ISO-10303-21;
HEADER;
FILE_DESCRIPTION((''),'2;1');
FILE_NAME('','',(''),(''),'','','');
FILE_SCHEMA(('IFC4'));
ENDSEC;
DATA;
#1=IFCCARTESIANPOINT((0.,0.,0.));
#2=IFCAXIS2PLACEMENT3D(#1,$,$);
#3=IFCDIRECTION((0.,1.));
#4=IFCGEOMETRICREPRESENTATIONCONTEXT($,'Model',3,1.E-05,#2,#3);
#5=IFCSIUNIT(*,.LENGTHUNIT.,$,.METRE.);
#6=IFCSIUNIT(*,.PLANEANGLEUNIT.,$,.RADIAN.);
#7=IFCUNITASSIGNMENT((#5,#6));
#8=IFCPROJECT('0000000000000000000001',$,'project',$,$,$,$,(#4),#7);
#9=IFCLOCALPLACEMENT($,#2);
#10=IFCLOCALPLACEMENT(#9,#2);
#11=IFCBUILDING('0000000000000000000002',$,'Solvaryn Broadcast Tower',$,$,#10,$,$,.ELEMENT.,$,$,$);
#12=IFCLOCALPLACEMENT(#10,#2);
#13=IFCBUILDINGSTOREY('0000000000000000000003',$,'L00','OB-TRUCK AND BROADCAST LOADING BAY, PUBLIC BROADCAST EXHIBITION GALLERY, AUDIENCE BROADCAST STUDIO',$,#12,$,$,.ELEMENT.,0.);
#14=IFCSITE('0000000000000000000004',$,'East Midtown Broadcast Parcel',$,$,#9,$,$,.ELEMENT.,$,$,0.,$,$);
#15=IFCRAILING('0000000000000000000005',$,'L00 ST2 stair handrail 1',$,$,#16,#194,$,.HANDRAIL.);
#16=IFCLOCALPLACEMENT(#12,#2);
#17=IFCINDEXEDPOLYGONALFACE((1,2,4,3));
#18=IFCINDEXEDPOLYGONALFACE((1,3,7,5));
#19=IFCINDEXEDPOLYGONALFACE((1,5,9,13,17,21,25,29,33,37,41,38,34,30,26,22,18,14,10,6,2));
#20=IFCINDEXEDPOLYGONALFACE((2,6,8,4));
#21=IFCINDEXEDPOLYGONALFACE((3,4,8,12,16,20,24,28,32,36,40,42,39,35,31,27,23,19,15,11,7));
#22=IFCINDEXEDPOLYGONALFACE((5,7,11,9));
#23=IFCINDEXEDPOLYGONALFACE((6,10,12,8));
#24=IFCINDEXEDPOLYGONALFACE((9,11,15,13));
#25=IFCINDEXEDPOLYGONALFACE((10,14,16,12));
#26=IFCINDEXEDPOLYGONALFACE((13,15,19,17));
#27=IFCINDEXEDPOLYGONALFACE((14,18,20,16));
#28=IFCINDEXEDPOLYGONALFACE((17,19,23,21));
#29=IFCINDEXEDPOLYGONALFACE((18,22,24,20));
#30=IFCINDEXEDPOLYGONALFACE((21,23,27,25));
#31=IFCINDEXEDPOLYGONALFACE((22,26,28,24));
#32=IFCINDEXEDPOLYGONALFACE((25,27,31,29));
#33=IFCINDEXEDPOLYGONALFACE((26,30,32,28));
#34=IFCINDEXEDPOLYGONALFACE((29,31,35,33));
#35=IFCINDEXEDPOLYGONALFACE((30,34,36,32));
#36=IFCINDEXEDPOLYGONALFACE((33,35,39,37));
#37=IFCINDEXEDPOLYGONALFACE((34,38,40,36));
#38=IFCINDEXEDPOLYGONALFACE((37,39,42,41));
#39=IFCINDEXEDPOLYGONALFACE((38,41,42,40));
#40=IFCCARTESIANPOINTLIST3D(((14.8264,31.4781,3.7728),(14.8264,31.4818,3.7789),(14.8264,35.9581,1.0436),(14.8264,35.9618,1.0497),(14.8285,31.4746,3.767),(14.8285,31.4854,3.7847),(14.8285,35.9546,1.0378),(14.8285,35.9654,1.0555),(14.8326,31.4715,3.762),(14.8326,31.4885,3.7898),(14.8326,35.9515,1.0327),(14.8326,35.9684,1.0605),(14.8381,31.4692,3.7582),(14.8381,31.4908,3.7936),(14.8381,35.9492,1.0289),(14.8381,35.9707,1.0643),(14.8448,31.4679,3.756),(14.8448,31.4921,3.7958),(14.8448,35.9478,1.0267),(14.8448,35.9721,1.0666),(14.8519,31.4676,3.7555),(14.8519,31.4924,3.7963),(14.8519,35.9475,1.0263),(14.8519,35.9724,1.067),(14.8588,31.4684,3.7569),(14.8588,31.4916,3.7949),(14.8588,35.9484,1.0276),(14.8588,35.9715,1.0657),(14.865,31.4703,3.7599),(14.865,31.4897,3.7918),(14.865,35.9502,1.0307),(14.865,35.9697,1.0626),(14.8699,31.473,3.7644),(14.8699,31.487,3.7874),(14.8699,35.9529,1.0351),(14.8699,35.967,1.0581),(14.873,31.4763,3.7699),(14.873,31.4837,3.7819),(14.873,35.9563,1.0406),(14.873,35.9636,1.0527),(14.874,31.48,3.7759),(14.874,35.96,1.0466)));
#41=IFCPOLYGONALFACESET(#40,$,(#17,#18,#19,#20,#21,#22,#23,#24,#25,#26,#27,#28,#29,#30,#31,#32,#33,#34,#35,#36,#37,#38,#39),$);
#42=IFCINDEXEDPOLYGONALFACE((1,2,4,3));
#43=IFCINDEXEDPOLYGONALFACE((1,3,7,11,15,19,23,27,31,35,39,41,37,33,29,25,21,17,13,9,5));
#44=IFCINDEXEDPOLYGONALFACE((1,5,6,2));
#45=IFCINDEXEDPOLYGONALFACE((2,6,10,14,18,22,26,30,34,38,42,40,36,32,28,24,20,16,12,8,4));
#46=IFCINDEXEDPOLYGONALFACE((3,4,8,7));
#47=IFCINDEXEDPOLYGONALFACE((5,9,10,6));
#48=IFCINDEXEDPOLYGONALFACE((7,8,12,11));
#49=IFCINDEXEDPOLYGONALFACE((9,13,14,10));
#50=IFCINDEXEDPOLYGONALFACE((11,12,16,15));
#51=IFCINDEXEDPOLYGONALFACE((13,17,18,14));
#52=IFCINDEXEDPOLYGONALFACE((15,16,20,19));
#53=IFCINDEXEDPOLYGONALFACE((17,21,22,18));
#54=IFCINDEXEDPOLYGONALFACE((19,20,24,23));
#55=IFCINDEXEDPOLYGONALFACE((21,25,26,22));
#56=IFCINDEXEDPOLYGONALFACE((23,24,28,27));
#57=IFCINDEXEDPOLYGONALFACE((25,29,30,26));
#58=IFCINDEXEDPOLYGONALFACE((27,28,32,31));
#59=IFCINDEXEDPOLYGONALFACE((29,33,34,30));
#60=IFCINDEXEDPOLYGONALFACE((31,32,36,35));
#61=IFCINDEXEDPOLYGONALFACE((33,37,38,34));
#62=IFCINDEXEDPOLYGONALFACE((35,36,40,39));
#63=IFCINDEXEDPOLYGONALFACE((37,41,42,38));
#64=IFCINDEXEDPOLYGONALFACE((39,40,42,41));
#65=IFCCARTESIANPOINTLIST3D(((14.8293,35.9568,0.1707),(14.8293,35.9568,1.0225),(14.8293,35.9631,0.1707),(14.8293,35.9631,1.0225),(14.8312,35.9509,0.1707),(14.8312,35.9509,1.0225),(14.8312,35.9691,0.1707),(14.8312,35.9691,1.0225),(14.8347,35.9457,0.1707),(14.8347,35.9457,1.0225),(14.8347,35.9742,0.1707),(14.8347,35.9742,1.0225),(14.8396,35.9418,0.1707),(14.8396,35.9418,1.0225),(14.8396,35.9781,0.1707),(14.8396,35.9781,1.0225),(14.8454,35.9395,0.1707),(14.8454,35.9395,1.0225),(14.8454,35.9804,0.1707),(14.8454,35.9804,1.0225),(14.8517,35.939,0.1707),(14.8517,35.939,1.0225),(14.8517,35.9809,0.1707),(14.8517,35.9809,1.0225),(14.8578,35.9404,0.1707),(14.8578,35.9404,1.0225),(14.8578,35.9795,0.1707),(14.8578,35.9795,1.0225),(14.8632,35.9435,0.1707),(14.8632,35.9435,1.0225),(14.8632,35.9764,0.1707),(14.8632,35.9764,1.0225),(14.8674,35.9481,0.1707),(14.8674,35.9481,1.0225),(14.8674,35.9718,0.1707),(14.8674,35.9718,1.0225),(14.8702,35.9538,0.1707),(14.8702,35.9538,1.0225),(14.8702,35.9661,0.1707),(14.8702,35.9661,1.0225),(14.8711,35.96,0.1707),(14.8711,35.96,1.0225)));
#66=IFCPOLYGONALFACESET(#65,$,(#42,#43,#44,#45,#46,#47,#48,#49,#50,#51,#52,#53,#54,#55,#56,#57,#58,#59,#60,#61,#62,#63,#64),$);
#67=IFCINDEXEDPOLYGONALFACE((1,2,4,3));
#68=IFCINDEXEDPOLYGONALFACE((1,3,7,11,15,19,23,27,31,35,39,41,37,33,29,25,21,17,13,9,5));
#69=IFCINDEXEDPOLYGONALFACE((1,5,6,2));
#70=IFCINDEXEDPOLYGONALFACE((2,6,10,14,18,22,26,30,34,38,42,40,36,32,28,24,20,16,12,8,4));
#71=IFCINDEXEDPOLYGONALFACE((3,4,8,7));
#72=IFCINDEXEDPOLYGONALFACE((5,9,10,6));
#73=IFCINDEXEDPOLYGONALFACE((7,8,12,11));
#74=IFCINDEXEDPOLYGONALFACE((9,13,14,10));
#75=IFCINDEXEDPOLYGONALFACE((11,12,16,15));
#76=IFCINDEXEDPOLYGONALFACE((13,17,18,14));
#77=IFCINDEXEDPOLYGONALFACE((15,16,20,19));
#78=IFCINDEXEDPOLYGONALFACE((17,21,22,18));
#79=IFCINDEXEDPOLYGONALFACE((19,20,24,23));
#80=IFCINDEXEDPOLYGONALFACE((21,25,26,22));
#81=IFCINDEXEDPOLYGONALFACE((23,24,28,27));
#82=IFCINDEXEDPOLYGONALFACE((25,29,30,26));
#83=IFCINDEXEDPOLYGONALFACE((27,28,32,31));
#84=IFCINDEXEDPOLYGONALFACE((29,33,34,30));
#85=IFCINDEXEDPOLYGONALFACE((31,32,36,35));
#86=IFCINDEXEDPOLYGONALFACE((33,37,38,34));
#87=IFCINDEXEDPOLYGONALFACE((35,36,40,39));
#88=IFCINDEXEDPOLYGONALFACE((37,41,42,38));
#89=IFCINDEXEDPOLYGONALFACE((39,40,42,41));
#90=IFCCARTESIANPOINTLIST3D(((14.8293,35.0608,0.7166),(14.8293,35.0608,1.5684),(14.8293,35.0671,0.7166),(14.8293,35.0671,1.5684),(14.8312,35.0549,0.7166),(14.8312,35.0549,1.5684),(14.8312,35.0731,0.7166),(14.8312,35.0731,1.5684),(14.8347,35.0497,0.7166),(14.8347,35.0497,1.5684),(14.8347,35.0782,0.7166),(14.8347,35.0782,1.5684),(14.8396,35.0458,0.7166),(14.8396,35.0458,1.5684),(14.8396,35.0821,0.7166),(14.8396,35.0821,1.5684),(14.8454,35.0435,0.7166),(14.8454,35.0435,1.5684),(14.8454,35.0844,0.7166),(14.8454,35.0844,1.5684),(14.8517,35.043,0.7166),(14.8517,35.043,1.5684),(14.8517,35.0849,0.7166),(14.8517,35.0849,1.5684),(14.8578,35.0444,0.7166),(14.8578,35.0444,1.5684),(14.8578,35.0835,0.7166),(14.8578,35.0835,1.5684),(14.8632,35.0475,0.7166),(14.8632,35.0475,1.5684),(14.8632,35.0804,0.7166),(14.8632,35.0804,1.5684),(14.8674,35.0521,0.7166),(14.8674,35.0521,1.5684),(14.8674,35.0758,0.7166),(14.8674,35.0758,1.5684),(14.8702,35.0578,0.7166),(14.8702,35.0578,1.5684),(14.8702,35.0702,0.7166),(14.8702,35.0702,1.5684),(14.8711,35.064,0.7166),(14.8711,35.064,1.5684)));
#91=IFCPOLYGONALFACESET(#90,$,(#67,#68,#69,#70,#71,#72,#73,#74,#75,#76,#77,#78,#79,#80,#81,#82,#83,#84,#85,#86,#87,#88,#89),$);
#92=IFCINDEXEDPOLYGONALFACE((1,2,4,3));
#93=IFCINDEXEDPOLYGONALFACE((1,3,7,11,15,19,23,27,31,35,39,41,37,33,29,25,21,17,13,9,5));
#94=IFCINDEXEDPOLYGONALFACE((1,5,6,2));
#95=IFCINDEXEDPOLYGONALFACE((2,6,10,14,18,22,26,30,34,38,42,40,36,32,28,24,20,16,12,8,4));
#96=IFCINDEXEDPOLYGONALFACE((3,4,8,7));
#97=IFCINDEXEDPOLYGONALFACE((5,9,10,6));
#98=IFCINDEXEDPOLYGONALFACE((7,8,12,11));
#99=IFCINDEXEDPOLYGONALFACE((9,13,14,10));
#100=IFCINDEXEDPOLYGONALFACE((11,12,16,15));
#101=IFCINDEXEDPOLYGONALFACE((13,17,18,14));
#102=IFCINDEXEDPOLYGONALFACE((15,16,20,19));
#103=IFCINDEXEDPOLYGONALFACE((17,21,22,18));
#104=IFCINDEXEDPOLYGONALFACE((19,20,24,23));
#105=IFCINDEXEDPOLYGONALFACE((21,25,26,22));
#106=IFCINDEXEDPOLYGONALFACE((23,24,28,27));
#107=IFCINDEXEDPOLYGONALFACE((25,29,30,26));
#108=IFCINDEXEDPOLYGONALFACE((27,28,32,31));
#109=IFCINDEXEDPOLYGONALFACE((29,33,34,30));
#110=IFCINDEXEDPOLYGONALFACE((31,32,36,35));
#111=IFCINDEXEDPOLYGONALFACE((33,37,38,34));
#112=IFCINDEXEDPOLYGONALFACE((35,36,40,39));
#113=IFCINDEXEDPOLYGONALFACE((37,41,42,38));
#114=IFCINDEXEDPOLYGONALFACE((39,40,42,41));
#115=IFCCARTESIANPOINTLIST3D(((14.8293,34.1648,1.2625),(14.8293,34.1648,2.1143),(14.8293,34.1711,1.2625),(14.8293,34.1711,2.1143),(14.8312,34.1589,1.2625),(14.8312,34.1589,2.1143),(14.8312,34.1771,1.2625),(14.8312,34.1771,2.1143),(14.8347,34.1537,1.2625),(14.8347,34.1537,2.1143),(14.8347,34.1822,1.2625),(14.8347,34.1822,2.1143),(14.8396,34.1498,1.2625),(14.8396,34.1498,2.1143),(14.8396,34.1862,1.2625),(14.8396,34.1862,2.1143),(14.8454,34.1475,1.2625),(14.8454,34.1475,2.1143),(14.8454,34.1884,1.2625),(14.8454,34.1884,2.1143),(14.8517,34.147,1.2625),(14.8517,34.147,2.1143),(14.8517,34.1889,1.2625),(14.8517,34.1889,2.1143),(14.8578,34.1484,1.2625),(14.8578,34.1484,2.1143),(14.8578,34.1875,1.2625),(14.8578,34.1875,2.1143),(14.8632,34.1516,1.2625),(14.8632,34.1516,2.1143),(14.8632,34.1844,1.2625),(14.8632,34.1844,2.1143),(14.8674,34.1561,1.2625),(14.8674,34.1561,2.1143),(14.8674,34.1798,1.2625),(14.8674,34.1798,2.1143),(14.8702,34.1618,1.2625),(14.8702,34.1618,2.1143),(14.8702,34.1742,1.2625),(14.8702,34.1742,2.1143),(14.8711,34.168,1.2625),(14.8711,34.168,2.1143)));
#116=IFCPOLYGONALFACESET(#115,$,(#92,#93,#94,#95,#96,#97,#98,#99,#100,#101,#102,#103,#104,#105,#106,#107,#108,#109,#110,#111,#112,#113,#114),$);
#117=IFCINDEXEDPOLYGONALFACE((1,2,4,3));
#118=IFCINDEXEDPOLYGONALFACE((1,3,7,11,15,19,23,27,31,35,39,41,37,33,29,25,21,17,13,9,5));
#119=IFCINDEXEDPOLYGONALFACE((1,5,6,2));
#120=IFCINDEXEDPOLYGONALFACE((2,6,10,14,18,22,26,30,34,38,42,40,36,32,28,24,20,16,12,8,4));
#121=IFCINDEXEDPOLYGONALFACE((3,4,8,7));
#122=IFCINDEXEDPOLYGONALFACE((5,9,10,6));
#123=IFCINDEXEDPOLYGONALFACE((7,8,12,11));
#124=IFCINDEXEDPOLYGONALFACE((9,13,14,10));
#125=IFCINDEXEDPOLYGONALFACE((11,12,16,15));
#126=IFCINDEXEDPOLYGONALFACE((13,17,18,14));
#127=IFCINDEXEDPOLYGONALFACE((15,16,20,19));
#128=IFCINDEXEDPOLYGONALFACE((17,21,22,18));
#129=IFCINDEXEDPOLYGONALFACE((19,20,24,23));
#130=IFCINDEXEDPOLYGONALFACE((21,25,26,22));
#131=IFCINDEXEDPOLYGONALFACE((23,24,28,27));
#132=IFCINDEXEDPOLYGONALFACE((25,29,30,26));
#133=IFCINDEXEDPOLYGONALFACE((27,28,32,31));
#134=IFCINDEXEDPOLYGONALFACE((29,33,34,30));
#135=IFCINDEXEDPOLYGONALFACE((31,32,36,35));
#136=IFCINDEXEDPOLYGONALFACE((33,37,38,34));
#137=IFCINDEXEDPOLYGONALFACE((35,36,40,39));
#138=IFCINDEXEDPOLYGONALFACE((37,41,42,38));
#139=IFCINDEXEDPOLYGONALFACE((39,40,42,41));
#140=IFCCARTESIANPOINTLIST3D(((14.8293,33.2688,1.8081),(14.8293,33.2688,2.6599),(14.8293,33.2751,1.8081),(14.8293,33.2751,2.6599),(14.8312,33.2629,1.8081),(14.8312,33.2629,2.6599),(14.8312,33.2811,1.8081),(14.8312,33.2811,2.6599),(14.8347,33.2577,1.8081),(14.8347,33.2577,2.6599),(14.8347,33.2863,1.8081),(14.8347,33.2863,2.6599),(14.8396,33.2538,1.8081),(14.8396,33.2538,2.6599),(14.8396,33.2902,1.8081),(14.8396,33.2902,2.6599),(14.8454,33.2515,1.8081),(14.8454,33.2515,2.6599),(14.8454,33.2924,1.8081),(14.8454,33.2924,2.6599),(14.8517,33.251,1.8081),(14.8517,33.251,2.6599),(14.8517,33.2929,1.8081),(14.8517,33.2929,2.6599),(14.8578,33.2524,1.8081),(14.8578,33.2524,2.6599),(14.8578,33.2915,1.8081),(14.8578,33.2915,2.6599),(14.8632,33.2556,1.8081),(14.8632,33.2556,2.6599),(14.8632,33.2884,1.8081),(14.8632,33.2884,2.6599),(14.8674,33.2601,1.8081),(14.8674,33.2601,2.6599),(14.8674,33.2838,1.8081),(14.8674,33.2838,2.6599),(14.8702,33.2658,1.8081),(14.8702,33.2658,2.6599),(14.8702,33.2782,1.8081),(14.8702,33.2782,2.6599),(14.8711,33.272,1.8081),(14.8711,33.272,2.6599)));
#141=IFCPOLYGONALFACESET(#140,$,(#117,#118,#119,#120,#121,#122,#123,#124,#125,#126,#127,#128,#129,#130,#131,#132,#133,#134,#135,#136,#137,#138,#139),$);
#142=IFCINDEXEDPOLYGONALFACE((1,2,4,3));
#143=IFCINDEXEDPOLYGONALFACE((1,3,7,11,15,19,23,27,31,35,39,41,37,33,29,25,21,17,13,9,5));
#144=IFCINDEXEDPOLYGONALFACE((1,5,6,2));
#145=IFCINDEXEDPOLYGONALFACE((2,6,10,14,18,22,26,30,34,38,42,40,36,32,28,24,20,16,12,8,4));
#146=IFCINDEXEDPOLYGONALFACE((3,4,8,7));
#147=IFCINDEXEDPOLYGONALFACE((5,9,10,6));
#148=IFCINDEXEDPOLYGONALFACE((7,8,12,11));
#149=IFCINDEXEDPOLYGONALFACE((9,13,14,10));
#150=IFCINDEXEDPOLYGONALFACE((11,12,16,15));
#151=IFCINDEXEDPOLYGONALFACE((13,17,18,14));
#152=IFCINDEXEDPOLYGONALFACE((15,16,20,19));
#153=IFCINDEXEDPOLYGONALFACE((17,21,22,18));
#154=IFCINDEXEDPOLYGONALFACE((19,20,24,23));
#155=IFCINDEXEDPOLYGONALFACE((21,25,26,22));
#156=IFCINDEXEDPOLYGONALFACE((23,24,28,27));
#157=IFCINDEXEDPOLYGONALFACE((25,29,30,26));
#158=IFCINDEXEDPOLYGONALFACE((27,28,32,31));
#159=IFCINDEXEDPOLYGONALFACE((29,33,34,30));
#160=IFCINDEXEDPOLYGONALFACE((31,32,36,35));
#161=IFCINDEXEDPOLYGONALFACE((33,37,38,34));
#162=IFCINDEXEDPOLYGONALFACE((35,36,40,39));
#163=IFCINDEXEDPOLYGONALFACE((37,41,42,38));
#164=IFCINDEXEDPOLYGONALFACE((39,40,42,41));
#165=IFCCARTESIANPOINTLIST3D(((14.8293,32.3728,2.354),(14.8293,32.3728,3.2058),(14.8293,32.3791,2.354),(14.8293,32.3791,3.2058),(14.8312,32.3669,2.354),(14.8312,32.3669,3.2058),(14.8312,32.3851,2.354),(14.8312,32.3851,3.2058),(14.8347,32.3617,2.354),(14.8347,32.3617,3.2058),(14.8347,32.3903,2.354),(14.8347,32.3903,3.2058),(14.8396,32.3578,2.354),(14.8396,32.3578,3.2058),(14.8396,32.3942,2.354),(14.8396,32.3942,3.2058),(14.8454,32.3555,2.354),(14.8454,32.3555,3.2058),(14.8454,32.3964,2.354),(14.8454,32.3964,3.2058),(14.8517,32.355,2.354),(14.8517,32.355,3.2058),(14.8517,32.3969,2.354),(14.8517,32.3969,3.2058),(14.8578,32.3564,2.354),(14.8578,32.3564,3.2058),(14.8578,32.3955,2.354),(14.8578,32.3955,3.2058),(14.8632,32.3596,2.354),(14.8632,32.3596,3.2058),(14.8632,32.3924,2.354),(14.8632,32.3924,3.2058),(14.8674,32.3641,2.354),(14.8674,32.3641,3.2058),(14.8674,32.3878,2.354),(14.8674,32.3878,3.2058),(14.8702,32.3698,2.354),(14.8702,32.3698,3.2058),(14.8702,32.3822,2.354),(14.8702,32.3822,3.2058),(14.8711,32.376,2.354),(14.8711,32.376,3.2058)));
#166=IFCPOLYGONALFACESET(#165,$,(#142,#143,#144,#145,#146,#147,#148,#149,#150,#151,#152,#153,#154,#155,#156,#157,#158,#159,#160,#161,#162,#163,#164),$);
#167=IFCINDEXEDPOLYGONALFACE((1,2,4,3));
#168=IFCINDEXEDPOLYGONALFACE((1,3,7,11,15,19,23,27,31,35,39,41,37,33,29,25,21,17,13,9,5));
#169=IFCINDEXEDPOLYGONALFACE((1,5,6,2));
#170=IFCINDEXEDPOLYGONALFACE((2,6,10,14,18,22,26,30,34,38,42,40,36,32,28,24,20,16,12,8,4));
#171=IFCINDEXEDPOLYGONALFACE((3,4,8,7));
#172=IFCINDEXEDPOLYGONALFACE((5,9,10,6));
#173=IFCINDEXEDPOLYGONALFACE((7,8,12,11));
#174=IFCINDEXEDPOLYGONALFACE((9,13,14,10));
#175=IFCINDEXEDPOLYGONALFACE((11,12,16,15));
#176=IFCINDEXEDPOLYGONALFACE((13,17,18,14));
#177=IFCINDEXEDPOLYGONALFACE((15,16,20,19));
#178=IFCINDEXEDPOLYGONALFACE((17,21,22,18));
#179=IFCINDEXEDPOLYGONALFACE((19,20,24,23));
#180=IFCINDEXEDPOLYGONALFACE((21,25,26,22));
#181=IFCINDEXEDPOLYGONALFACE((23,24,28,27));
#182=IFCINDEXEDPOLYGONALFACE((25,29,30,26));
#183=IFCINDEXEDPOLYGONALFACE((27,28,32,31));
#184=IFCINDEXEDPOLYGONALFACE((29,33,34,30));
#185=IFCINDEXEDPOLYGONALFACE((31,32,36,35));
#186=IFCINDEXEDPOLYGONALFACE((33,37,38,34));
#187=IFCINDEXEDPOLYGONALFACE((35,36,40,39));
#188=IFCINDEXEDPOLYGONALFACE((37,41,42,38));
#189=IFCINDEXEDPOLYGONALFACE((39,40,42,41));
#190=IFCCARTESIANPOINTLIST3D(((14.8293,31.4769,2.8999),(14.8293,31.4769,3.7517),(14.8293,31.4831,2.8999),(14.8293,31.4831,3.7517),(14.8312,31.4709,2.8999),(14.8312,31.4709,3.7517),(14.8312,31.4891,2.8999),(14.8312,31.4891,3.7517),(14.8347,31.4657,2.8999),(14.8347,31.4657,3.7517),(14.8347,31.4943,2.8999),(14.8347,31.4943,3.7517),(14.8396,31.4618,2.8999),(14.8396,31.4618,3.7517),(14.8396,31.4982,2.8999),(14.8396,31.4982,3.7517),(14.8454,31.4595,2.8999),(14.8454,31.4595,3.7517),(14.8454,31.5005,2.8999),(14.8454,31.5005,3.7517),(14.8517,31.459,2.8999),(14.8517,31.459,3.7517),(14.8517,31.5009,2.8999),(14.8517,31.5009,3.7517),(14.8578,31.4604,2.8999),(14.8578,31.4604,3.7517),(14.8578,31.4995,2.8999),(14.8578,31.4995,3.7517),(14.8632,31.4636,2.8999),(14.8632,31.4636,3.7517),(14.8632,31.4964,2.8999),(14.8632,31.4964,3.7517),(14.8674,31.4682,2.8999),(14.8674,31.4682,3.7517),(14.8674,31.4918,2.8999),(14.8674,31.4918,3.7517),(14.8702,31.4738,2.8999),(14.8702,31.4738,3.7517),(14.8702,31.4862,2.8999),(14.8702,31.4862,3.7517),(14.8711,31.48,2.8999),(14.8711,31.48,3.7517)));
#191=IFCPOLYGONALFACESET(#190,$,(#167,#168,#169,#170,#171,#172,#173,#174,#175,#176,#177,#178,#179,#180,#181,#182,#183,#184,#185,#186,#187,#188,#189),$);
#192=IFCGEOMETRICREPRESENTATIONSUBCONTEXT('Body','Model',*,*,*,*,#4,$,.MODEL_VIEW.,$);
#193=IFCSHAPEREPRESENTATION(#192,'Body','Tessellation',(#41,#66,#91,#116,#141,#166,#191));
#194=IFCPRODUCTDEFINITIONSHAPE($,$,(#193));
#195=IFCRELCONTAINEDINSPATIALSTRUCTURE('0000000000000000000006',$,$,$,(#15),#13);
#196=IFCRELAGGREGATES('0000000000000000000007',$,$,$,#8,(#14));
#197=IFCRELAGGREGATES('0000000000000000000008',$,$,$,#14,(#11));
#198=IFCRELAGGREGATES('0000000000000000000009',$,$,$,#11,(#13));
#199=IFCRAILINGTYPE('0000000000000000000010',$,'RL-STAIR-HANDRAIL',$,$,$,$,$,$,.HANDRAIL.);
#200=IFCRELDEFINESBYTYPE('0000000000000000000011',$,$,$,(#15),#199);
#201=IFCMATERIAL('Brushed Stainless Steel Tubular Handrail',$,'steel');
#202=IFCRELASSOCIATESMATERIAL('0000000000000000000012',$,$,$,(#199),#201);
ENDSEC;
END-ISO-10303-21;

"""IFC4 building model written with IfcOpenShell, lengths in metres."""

from ifc_helpers import new_model, si_unit, direction, frame, origin, origin_2d, place, context, subcontext, project, spatial, circle, extrude, material, type_object, element, save


model = new_model("IFC4")

# Units and contexts
model_context = context("Model", 3, precision=1e-05, world=origin(), true_north=direction((0.0, 1.0)))
body_context = subcontext(model_context, "Body", "Model", "MODEL_VIEW")
ifc_project = project(units=[si_unit("LENGTHUNIT", "METRE"), si_unit("PLANEANGLEUNIT", "RADIAN")], contexts=[model_context])

# Site, building, storey
site_placement = place(None, origin())
site = spatial("IfcSite", under=ifc_project, at=site_placement, Name="East Midtown Broadcast Parcel", CompositionType="ELEMENT", RefElevation=0.0)
building_placement = place(site_placement, origin())
building = spatial("IfcBuilding", under=site, at=building_placement, Name="Solvaryn Broadcast Tower", CompositionType="ELEMENT")
storey_placement = place(building_placement, origin())
storey = spatial("IfcBuildingStorey", under=building, at=storey_placement, Name="L00", Description="OB-TRUCK AND BROADCAST LOADING BAY, PUBLIC BROADCAST EXHIBITION GALLERY, AUDIENCE BROADCAST STUDIO", CompositionType="ELEMENT", Elevation=0.0)

# Railing
ifc_material_1 = material(Name="Brushed Stainless Steel Tubular Handrail", Category="steel")
railing_type_1 = type_object("IfcRailingType", Name="RL-STAIR-HANDRAIL", PredefinedType="HANDRAIL", material=ifc_material_1)
railing_1_placement = place(storey_placement, frame((14.8501, 35.96, 0.1707)))
element("IfcRailing", 1, at=railing_1_placement, inside=storey, type_object=railing_type_1, Name="L00 ST2 stair handrail 1", PredefinedType="HANDRAIL", context=body_context, shape_type="SweptSolid", body=[
    extrude(circle(Radius=0.0239, at=origin_2d()), frame((0.0, 0.0, 0.876), z_axis=(0.0, -0.854003, 0.520267), x_axis=(1.0, 0.0, 0.0)), (0.0, 0.0, 1.0), 5.2458),
    extrude(circle(Radius=0.021, at=origin_2d()), origin(), (0.0, 0.0, 1.0), 0.8518),
    extrude(circle(Radius=0.021, at=origin_2d()), frame((0.0, -0.896, 0.5459)), (0.0, 0.0, 1.0), 0.8518),
    extrude(circle(Radius=0.021, at=origin_2d()), frame((0.0, -1.792, 1.0918)), (0.0, 0.0, 1.0), 0.8518),
    extrude(circle(Radius=0.021, at=origin_2d()), frame((0.0, -2.688, 1.6375)), (0.0, 0.0, 1.0), 0.8518),
    extrude(circle(Radius=0.021, at=origin_2d()), frame((0.0, -3.584, 2.1833)), (0.0, 0.0, 1.0), 0.8518),
    extrude(circle(Radius=0.021, at=origin_2d()), frame((0.0, -4.48, 2.7292)), (0.0, 0.0, 1.0), 0.8518),
])

save(model, "model.ifc")
